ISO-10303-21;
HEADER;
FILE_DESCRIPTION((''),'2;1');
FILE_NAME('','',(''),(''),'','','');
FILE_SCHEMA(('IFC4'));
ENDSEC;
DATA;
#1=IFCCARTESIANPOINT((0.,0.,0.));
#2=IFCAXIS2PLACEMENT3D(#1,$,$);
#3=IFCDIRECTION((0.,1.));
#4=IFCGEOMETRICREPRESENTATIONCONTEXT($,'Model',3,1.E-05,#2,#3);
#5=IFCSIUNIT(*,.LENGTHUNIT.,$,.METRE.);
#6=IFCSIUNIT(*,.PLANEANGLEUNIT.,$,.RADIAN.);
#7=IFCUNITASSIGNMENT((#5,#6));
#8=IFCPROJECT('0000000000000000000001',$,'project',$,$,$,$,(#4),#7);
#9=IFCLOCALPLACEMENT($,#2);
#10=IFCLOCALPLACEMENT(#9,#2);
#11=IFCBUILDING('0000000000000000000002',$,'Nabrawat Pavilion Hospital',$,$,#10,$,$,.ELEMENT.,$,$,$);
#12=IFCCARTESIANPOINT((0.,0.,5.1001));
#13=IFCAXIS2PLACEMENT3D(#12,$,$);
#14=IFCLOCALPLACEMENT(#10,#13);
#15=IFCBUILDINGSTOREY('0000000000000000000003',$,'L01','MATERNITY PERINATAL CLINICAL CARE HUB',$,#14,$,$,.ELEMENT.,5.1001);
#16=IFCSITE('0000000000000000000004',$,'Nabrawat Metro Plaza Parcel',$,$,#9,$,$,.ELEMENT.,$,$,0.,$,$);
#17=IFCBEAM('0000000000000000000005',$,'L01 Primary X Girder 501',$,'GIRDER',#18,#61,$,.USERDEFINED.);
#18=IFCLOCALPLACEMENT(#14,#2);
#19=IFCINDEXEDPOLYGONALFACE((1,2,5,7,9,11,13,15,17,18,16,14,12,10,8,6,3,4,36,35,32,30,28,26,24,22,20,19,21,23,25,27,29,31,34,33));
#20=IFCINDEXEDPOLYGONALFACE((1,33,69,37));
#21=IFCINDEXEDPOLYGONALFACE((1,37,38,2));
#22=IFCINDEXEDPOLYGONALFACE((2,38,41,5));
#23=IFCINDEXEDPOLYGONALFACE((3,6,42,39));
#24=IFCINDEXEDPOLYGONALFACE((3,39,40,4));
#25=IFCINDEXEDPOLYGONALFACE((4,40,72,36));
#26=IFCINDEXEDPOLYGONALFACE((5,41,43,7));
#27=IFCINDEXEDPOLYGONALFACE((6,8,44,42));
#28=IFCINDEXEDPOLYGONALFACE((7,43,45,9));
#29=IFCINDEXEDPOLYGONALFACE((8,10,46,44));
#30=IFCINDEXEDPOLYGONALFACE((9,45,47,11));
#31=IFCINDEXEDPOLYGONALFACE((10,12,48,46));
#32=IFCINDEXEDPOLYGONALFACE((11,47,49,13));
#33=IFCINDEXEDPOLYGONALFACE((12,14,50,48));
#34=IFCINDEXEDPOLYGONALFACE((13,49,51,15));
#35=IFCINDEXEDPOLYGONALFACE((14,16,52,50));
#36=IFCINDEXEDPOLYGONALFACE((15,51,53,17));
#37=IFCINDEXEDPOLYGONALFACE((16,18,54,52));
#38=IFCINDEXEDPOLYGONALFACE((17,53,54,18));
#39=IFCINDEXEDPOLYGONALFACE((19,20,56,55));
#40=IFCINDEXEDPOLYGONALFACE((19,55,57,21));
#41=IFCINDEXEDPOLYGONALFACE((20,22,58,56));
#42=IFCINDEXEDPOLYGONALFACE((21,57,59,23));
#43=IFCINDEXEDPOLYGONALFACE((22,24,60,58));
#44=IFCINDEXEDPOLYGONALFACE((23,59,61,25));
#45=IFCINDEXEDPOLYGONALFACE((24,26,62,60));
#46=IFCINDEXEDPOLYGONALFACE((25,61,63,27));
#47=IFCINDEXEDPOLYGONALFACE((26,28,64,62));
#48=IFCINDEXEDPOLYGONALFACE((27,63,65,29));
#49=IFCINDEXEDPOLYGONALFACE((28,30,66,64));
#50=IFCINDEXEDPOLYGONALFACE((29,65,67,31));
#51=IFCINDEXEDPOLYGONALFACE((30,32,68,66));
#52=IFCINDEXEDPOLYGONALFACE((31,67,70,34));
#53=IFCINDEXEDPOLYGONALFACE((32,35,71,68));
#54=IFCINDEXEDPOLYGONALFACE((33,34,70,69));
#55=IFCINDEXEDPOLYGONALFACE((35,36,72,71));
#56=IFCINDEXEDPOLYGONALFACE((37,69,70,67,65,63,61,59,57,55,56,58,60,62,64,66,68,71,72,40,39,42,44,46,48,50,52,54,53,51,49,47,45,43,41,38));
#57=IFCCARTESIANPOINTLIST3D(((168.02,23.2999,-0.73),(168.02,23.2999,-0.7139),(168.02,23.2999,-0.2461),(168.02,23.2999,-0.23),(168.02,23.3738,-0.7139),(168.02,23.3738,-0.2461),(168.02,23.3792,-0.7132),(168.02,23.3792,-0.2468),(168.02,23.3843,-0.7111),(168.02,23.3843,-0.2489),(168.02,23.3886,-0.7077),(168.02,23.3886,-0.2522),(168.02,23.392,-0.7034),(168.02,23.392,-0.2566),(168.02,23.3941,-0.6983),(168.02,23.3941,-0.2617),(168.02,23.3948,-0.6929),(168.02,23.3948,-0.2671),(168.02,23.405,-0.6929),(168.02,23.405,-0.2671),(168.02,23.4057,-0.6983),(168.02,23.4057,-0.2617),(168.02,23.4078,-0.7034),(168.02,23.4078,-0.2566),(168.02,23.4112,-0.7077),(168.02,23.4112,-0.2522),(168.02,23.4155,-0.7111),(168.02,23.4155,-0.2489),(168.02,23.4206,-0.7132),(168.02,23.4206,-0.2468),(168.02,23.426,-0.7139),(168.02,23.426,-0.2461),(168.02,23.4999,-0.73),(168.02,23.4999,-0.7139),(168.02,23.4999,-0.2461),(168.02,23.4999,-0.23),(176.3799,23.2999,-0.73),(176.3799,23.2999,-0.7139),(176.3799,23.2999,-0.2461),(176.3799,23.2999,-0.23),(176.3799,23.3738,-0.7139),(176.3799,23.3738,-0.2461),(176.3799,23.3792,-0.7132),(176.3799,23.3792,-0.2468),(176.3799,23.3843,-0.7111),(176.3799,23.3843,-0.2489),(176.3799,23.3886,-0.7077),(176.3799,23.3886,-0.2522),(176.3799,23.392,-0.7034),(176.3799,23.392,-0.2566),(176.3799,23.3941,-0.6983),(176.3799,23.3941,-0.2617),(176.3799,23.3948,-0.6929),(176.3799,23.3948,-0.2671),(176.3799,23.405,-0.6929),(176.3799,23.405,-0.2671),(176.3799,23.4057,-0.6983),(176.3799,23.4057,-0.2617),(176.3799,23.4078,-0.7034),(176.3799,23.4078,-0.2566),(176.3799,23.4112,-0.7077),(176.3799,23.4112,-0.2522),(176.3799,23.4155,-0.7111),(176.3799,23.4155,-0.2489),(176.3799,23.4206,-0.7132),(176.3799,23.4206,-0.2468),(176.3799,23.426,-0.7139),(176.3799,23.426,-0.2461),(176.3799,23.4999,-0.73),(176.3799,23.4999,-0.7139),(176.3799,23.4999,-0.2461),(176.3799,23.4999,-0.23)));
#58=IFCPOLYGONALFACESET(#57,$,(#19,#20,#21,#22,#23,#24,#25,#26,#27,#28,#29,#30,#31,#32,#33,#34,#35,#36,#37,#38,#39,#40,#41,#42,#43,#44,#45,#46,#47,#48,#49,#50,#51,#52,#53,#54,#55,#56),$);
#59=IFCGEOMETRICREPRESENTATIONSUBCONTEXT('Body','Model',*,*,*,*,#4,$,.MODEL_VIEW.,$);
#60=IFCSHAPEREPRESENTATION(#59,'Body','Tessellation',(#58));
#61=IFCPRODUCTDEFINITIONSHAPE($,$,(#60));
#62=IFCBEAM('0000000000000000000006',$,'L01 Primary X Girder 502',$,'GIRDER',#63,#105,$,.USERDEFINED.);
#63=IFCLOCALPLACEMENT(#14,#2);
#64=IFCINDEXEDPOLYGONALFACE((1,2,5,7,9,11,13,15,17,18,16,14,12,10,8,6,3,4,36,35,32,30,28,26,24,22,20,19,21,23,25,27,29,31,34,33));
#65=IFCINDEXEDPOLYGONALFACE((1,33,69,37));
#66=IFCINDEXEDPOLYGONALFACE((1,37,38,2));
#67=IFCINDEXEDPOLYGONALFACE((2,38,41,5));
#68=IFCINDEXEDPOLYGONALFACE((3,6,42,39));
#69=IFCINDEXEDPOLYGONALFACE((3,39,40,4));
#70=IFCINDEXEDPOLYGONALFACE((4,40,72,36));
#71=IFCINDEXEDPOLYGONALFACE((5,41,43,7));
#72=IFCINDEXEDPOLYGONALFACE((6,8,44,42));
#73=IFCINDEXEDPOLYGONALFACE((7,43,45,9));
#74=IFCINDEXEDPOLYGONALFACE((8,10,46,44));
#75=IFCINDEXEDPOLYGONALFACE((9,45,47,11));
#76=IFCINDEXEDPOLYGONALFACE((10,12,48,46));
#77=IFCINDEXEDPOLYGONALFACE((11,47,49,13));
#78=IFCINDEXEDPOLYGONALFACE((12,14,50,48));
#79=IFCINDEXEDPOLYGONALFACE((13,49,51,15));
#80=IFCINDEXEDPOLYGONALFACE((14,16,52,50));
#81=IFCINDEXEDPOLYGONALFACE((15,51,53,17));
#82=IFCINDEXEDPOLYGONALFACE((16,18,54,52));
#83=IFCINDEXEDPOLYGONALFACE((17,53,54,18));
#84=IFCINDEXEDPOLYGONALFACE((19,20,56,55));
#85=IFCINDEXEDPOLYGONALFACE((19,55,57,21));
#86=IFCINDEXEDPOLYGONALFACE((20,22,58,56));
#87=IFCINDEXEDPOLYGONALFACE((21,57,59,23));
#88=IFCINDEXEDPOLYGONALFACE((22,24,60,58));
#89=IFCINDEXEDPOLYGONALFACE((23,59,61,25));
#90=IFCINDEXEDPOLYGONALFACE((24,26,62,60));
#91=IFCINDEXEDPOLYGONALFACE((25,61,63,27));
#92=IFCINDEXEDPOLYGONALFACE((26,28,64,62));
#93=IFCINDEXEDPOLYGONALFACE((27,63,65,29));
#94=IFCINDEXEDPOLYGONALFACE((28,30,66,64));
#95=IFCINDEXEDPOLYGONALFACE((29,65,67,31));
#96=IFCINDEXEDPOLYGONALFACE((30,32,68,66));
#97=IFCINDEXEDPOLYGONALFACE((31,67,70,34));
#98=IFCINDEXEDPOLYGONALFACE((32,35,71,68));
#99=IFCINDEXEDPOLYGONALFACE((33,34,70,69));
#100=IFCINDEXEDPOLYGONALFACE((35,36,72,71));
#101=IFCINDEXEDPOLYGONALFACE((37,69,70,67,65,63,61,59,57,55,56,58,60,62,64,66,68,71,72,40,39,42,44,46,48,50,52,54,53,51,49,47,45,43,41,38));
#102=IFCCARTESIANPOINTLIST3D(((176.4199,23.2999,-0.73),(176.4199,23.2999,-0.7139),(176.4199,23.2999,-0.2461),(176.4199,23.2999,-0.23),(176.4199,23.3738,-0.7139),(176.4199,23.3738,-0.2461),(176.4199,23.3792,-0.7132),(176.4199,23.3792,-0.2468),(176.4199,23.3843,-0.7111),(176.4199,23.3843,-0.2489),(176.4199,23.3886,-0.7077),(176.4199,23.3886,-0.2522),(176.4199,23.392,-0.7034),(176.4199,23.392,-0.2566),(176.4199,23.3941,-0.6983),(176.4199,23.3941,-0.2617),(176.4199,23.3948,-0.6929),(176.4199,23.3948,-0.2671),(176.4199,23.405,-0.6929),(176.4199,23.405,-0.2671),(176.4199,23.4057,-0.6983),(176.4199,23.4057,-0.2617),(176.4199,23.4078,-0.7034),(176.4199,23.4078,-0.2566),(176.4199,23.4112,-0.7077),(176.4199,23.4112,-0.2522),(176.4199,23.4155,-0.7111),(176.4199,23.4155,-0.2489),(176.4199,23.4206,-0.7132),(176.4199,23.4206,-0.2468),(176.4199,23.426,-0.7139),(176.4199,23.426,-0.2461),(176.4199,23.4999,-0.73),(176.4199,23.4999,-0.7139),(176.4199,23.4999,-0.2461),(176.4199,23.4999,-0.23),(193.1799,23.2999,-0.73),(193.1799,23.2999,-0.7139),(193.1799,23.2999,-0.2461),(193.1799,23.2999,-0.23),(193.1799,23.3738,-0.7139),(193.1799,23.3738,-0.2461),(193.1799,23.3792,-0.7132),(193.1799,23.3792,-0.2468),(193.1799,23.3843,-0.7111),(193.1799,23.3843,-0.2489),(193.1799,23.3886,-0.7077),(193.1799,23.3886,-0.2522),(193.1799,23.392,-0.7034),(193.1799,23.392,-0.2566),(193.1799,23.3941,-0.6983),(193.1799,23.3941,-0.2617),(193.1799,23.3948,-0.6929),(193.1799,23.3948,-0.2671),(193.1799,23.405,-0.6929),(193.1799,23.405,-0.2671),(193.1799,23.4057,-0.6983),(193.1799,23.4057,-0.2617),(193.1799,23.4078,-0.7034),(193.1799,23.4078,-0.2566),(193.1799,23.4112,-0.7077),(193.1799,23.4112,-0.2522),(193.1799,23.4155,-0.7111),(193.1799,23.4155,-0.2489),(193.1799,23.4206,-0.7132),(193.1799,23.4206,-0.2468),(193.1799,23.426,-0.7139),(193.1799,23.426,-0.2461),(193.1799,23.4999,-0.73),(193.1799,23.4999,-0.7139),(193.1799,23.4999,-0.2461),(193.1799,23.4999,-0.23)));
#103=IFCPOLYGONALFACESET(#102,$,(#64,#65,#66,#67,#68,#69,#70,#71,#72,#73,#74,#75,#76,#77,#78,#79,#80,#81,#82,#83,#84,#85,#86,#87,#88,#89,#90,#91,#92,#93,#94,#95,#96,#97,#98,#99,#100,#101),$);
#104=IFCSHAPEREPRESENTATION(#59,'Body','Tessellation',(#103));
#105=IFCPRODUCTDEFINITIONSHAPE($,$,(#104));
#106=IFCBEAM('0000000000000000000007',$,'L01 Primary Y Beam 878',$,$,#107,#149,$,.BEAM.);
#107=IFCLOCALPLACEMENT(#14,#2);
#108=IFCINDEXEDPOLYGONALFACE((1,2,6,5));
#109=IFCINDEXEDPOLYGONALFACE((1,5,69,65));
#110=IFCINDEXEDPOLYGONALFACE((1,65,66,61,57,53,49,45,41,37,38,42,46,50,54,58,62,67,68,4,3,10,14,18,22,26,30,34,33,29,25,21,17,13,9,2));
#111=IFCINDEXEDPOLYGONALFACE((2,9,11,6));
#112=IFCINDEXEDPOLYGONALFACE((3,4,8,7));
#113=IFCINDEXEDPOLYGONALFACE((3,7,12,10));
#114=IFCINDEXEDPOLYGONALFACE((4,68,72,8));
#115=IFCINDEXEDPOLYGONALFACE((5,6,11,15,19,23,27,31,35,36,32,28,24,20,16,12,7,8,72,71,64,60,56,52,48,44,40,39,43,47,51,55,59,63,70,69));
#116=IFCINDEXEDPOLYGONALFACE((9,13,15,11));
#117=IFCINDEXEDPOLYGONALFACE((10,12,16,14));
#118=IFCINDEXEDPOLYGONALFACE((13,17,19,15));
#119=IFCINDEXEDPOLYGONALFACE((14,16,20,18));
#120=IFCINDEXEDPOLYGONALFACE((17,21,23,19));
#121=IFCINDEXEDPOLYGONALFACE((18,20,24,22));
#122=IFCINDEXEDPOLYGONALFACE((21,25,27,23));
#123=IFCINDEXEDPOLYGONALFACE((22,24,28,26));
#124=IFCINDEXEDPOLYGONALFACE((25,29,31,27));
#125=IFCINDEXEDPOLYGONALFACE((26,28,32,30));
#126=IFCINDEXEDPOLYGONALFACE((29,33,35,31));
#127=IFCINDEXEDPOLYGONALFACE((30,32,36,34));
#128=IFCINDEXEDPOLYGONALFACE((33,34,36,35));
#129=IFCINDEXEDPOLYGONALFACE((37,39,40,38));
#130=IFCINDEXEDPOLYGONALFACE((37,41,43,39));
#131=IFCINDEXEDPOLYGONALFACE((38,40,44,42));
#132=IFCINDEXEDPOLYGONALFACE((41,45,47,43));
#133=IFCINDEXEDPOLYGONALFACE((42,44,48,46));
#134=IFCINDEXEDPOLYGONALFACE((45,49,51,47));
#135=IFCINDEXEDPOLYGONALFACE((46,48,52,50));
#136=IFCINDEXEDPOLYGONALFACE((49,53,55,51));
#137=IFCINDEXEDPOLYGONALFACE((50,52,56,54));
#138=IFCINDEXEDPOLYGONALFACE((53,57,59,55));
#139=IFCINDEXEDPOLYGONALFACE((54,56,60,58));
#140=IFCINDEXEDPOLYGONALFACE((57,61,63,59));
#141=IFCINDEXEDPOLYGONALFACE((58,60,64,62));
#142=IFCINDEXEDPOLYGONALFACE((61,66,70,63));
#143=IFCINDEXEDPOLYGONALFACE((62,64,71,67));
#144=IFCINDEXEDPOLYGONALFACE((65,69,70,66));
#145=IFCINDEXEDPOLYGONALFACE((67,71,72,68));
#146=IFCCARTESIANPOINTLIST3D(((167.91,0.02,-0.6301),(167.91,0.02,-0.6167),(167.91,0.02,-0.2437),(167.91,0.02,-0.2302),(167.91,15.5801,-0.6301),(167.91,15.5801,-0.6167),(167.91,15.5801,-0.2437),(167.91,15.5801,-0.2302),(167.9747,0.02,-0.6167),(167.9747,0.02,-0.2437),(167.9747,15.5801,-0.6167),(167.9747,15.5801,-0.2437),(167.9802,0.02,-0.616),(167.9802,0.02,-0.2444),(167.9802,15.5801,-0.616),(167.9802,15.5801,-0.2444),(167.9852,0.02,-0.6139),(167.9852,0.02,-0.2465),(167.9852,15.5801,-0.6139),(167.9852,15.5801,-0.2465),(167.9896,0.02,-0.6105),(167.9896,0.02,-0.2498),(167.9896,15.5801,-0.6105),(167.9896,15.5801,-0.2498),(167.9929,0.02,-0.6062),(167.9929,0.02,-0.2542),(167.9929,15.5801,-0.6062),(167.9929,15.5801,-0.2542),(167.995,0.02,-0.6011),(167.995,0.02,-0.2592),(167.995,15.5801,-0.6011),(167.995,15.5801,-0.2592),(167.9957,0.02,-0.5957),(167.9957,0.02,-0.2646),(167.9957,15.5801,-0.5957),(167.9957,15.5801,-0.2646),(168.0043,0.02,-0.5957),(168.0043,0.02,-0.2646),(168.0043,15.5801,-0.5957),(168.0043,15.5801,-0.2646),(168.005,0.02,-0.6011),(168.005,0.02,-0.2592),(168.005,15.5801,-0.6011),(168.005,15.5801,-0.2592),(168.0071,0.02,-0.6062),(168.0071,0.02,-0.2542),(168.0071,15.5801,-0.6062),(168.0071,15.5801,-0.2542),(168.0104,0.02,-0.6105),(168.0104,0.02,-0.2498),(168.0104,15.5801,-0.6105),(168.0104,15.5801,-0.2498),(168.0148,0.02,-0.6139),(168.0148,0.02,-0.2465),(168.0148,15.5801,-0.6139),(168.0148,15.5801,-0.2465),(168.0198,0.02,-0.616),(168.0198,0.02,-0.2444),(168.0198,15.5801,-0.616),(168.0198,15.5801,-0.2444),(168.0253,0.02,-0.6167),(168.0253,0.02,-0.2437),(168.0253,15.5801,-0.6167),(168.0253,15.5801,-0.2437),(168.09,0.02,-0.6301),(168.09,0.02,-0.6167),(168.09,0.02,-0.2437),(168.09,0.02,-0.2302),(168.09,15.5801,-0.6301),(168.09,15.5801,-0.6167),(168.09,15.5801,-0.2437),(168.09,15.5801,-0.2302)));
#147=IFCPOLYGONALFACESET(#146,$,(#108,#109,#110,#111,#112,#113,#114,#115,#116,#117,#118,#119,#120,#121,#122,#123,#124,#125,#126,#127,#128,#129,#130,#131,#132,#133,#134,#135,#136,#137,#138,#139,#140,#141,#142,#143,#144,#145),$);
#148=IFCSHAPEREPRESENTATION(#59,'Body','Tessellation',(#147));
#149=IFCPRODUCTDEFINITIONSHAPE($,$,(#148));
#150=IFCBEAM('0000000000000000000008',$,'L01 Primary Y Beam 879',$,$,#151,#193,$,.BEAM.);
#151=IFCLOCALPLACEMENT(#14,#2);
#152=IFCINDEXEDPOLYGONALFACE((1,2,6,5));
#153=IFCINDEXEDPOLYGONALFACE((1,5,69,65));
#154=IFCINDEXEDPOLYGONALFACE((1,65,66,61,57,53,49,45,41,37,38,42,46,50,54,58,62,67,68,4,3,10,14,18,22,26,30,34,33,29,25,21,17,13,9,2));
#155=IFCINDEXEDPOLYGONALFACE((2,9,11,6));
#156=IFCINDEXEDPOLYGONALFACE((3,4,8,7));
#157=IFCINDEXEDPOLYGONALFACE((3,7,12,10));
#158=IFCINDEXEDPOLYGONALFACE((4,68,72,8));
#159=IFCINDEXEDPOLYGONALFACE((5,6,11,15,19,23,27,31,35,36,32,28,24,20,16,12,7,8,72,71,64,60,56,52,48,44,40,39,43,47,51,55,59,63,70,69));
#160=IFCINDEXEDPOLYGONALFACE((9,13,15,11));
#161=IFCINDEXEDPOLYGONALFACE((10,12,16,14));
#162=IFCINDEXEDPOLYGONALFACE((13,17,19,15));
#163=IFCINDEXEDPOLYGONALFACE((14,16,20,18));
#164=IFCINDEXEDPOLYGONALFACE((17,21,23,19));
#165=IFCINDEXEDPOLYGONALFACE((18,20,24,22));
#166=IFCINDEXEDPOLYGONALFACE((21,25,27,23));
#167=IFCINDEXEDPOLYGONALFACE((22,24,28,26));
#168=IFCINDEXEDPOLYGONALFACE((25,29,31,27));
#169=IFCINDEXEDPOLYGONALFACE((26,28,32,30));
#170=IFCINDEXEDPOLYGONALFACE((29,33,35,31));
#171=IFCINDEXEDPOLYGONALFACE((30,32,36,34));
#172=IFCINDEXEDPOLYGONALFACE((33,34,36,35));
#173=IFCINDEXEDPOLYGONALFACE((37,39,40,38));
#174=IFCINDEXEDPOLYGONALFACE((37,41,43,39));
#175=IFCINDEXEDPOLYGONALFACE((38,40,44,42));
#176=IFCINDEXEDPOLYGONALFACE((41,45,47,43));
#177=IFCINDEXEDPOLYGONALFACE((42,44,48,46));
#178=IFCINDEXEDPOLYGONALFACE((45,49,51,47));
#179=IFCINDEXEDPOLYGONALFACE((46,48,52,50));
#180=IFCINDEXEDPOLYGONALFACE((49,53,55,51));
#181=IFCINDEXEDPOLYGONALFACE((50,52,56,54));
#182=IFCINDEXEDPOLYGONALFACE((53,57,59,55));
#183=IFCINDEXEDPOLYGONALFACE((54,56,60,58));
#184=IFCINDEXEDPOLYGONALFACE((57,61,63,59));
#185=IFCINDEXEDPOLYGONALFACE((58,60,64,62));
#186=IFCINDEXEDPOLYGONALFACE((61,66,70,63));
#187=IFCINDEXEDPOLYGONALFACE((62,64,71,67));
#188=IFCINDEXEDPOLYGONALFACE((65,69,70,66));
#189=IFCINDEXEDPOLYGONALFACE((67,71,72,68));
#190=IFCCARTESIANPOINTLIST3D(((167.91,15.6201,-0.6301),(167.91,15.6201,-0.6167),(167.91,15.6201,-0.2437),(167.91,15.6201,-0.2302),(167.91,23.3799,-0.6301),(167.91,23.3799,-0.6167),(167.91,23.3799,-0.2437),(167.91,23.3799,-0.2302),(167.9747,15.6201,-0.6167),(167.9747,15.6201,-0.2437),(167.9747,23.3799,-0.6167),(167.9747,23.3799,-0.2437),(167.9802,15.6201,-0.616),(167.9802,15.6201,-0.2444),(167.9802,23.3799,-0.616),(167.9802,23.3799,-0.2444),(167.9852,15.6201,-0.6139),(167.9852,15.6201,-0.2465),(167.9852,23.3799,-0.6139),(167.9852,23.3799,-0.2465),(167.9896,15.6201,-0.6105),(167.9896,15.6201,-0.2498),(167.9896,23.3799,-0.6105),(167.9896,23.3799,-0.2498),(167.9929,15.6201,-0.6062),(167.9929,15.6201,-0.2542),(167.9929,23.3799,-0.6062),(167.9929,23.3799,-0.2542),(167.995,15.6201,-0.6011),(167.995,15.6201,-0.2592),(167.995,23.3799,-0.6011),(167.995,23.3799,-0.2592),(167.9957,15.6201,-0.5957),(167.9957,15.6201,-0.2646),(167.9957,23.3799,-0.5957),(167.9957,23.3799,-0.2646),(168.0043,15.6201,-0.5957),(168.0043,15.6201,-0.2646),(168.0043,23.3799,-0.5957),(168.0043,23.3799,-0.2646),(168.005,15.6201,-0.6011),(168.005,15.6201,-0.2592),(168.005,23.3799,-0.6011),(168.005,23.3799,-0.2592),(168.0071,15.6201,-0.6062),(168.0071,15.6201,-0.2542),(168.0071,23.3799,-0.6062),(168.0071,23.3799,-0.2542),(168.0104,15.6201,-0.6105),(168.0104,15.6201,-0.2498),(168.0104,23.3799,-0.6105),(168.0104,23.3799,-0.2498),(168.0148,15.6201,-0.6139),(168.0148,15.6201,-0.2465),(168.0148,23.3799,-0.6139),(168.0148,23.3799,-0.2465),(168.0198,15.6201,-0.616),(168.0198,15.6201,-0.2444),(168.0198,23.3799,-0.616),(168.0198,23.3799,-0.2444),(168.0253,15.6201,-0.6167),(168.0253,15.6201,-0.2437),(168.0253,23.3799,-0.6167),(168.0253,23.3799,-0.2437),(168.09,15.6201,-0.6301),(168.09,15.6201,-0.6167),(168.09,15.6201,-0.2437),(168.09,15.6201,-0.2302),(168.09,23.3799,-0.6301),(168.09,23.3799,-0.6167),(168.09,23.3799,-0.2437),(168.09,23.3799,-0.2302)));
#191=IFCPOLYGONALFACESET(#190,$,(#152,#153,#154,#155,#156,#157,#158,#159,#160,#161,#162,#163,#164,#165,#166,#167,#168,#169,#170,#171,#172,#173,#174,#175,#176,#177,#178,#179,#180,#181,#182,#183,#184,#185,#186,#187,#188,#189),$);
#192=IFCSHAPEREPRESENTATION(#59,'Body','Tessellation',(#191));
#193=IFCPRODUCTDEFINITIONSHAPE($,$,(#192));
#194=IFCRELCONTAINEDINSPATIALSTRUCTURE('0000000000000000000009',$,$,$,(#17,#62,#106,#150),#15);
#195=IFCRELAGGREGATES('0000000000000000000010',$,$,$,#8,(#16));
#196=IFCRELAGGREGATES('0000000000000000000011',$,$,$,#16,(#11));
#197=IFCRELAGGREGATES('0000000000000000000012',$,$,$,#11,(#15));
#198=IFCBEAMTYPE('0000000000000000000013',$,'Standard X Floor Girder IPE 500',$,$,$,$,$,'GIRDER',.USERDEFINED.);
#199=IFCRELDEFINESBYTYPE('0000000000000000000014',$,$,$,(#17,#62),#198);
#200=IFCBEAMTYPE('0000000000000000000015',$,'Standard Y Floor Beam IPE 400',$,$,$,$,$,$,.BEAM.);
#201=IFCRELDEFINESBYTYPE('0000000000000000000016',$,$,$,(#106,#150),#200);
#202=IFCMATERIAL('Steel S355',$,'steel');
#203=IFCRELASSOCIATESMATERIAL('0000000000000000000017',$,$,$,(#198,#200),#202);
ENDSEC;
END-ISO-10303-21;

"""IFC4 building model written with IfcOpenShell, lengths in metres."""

from ifc_helpers import new_model, si_unit, direction, frame, origin, origin_2d, place, context, subcontext, project, spatial, i_section, extrude, material, material_profile, profile_set, type_object, element, save


model = new_model("IFC4")

# Units and contexts
model_context = context("Model", 3, precision=1e-05, world=origin(), true_north=direction((0.0, 1.0)))
body_context = subcontext(model_context, "Body", "Model", "MODEL_VIEW")
ifc_project = project(units=[si_unit("LENGTHUNIT", "METRE"), si_unit("PLANEANGLEUNIT", "RADIAN")], contexts=[model_context])

# Site, building, storey
site_placement = place(None, origin())
site = spatial("IfcSite", under=ifc_project, at=site_placement, Name="Nabrawat Metro Plaza Parcel", CompositionType="ELEMENT", RefElevation=0.0)
building_placement = place(site_placement, origin())
building = spatial("IfcBuilding", under=site, at=building_placement, Name="Nabrawat Pavilion Hospital", CompositionType="ELEMENT")
storey_placement = place(building_placement, frame((0.0, 0.0, 5.1001)))
storey = spatial("IfcBuildingStorey", under=building, at=storey_placement, Name="L01", Description="MATERNITY PERINATAL CLINICAL CARE HUB", CompositionType="ELEMENT", Elevation=5.1001)

# Shared definitions
ifc_material_1 = material(Name="Steel S355", Category="steel")

# Beams
ifc_material_profile_1 = material_profile(ifc_material_1, i_section(OverallWidth=0.2, OverallDepth=0.5, WebThickness=0.0103, FlangeThickness=0.0161, FilletRadius=0.021, at=origin_2d()), Name="IPE 500")
ifc_profile_set_1 = profile_set([ifc_material_profile_1], Name="Steel S355")
beam_type_1 = type_object("IfcBeamType", Name="Standard X Floor Girder IPE 500", ElementType="GIRDER", PredefinedType="USERDEFINED", material=ifc_profile_set_1)
beam_1_placement = place(storey_placement, frame((168.02, 23.3999, -0.48), z_axis=(1.0, 0.0, 0.0), x_axis=(0.0, 1.0, 0.0)))
element("IfcBeam", 1, at=beam_1_placement, inside=storey, type_object=beam_type_1, Name="L01 Primary X Girder 501", ObjectType="GIRDER", PredefinedType="USERDEFINED", context=body_context, shape_type="SweptSolid", body=[
    extrude(i_section(OverallWidth=0.2, OverallDepth=0.5, WebThickness=0.0103, FlangeThickness=0.0161, FilletRadius=0.021, at=origin_2d()), origin(), (0.0, 0.0, 1.0), 8.3599),
])
beam_2_placement = place(storey_placement, frame((176.4199, 23.3999, -0.48), z_axis=(1.0, 0.0, 0.0), x_axis=(0.0, 1.0, 0.0)))
element("IfcBeam", 2, at=beam_2_placement, inside=storey, type_object=beam_type_1, Name="L01 Primary X Girder 502", ObjectType="GIRDER", PredefinedType="USERDEFINED", context=body_context, shape_type="SweptSolid", body=[
    extrude(i_section(OverallWidth=0.2, OverallDepth=0.5, WebThickness=0.0103, FlangeThickness=0.0161, FilletRadius=0.021, at=origin_2d()), origin(), (0.0, 0.0, 1.0), 16.76),
])
ifc_material_profile_2 = material_profile(ifc_material_1, i_section(OverallWidth=0.1799, OverallDepth=0.3999, WebThickness=0.0085, FlangeThickness=0.0134, FilletRadius=0.021, at=origin_2d()), Name="IPE 400")
ifc_profile_set_2 = profile_set([ifc_material_profile_2], Name="Steel S355")
beam_type_2 = type_object("IfcBeamType", Name="Standard Y Floor Beam IPE 400", PredefinedType="BEAM", material=ifc_profile_set_2)
beam_3_placement = place(storey_placement, frame((168.0, 0.02, -0.4302), z_axis=(0.0, 1.0, 0.0), x_axis=(-1.0, 0.0, 0.0)))
element("IfcBeam", 3, at=beam_3_placement, inside=storey, type_object=beam_type_2, Name="L01 Primary Y Beam 878", PredefinedType="BEAM", context=body_context, shape_type="SweptSolid", body=[
    extrude(i_section(OverallWidth=0.1799, OverallDepth=0.3999, WebThickness=0.0085, FlangeThickness=0.0134, FilletRadius=0.021, at=origin_2d()), origin(), (0.0, 0.0, 1.0), 15.5601),
])
beam_4_placement = place(storey_placement, frame((168.0, 15.6201, -0.4302), z_axis=(0.0, 1.0, 0.0), x_axis=(-1.0, 0.0, 0.0)))
element("IfcBeam", 4, at=beam_4_placement, inside=storey, type_object=beam_type_2, Name="L01 Primary Y Beam 879", PredefinedType="BEAM", context=body_context, shape_type="SweptSolid", body=[
    extrude(i_section(OverallWidth=0.1799, OverallDepth=0.3999, WebThickness=0.0085, FlangeThickness=0.0134, FilletRadius=0.021, at=origin_2d()), origin(), (0.0, 0.0, 1.0), 7.7598),
])

save(model, "model.ifc")
